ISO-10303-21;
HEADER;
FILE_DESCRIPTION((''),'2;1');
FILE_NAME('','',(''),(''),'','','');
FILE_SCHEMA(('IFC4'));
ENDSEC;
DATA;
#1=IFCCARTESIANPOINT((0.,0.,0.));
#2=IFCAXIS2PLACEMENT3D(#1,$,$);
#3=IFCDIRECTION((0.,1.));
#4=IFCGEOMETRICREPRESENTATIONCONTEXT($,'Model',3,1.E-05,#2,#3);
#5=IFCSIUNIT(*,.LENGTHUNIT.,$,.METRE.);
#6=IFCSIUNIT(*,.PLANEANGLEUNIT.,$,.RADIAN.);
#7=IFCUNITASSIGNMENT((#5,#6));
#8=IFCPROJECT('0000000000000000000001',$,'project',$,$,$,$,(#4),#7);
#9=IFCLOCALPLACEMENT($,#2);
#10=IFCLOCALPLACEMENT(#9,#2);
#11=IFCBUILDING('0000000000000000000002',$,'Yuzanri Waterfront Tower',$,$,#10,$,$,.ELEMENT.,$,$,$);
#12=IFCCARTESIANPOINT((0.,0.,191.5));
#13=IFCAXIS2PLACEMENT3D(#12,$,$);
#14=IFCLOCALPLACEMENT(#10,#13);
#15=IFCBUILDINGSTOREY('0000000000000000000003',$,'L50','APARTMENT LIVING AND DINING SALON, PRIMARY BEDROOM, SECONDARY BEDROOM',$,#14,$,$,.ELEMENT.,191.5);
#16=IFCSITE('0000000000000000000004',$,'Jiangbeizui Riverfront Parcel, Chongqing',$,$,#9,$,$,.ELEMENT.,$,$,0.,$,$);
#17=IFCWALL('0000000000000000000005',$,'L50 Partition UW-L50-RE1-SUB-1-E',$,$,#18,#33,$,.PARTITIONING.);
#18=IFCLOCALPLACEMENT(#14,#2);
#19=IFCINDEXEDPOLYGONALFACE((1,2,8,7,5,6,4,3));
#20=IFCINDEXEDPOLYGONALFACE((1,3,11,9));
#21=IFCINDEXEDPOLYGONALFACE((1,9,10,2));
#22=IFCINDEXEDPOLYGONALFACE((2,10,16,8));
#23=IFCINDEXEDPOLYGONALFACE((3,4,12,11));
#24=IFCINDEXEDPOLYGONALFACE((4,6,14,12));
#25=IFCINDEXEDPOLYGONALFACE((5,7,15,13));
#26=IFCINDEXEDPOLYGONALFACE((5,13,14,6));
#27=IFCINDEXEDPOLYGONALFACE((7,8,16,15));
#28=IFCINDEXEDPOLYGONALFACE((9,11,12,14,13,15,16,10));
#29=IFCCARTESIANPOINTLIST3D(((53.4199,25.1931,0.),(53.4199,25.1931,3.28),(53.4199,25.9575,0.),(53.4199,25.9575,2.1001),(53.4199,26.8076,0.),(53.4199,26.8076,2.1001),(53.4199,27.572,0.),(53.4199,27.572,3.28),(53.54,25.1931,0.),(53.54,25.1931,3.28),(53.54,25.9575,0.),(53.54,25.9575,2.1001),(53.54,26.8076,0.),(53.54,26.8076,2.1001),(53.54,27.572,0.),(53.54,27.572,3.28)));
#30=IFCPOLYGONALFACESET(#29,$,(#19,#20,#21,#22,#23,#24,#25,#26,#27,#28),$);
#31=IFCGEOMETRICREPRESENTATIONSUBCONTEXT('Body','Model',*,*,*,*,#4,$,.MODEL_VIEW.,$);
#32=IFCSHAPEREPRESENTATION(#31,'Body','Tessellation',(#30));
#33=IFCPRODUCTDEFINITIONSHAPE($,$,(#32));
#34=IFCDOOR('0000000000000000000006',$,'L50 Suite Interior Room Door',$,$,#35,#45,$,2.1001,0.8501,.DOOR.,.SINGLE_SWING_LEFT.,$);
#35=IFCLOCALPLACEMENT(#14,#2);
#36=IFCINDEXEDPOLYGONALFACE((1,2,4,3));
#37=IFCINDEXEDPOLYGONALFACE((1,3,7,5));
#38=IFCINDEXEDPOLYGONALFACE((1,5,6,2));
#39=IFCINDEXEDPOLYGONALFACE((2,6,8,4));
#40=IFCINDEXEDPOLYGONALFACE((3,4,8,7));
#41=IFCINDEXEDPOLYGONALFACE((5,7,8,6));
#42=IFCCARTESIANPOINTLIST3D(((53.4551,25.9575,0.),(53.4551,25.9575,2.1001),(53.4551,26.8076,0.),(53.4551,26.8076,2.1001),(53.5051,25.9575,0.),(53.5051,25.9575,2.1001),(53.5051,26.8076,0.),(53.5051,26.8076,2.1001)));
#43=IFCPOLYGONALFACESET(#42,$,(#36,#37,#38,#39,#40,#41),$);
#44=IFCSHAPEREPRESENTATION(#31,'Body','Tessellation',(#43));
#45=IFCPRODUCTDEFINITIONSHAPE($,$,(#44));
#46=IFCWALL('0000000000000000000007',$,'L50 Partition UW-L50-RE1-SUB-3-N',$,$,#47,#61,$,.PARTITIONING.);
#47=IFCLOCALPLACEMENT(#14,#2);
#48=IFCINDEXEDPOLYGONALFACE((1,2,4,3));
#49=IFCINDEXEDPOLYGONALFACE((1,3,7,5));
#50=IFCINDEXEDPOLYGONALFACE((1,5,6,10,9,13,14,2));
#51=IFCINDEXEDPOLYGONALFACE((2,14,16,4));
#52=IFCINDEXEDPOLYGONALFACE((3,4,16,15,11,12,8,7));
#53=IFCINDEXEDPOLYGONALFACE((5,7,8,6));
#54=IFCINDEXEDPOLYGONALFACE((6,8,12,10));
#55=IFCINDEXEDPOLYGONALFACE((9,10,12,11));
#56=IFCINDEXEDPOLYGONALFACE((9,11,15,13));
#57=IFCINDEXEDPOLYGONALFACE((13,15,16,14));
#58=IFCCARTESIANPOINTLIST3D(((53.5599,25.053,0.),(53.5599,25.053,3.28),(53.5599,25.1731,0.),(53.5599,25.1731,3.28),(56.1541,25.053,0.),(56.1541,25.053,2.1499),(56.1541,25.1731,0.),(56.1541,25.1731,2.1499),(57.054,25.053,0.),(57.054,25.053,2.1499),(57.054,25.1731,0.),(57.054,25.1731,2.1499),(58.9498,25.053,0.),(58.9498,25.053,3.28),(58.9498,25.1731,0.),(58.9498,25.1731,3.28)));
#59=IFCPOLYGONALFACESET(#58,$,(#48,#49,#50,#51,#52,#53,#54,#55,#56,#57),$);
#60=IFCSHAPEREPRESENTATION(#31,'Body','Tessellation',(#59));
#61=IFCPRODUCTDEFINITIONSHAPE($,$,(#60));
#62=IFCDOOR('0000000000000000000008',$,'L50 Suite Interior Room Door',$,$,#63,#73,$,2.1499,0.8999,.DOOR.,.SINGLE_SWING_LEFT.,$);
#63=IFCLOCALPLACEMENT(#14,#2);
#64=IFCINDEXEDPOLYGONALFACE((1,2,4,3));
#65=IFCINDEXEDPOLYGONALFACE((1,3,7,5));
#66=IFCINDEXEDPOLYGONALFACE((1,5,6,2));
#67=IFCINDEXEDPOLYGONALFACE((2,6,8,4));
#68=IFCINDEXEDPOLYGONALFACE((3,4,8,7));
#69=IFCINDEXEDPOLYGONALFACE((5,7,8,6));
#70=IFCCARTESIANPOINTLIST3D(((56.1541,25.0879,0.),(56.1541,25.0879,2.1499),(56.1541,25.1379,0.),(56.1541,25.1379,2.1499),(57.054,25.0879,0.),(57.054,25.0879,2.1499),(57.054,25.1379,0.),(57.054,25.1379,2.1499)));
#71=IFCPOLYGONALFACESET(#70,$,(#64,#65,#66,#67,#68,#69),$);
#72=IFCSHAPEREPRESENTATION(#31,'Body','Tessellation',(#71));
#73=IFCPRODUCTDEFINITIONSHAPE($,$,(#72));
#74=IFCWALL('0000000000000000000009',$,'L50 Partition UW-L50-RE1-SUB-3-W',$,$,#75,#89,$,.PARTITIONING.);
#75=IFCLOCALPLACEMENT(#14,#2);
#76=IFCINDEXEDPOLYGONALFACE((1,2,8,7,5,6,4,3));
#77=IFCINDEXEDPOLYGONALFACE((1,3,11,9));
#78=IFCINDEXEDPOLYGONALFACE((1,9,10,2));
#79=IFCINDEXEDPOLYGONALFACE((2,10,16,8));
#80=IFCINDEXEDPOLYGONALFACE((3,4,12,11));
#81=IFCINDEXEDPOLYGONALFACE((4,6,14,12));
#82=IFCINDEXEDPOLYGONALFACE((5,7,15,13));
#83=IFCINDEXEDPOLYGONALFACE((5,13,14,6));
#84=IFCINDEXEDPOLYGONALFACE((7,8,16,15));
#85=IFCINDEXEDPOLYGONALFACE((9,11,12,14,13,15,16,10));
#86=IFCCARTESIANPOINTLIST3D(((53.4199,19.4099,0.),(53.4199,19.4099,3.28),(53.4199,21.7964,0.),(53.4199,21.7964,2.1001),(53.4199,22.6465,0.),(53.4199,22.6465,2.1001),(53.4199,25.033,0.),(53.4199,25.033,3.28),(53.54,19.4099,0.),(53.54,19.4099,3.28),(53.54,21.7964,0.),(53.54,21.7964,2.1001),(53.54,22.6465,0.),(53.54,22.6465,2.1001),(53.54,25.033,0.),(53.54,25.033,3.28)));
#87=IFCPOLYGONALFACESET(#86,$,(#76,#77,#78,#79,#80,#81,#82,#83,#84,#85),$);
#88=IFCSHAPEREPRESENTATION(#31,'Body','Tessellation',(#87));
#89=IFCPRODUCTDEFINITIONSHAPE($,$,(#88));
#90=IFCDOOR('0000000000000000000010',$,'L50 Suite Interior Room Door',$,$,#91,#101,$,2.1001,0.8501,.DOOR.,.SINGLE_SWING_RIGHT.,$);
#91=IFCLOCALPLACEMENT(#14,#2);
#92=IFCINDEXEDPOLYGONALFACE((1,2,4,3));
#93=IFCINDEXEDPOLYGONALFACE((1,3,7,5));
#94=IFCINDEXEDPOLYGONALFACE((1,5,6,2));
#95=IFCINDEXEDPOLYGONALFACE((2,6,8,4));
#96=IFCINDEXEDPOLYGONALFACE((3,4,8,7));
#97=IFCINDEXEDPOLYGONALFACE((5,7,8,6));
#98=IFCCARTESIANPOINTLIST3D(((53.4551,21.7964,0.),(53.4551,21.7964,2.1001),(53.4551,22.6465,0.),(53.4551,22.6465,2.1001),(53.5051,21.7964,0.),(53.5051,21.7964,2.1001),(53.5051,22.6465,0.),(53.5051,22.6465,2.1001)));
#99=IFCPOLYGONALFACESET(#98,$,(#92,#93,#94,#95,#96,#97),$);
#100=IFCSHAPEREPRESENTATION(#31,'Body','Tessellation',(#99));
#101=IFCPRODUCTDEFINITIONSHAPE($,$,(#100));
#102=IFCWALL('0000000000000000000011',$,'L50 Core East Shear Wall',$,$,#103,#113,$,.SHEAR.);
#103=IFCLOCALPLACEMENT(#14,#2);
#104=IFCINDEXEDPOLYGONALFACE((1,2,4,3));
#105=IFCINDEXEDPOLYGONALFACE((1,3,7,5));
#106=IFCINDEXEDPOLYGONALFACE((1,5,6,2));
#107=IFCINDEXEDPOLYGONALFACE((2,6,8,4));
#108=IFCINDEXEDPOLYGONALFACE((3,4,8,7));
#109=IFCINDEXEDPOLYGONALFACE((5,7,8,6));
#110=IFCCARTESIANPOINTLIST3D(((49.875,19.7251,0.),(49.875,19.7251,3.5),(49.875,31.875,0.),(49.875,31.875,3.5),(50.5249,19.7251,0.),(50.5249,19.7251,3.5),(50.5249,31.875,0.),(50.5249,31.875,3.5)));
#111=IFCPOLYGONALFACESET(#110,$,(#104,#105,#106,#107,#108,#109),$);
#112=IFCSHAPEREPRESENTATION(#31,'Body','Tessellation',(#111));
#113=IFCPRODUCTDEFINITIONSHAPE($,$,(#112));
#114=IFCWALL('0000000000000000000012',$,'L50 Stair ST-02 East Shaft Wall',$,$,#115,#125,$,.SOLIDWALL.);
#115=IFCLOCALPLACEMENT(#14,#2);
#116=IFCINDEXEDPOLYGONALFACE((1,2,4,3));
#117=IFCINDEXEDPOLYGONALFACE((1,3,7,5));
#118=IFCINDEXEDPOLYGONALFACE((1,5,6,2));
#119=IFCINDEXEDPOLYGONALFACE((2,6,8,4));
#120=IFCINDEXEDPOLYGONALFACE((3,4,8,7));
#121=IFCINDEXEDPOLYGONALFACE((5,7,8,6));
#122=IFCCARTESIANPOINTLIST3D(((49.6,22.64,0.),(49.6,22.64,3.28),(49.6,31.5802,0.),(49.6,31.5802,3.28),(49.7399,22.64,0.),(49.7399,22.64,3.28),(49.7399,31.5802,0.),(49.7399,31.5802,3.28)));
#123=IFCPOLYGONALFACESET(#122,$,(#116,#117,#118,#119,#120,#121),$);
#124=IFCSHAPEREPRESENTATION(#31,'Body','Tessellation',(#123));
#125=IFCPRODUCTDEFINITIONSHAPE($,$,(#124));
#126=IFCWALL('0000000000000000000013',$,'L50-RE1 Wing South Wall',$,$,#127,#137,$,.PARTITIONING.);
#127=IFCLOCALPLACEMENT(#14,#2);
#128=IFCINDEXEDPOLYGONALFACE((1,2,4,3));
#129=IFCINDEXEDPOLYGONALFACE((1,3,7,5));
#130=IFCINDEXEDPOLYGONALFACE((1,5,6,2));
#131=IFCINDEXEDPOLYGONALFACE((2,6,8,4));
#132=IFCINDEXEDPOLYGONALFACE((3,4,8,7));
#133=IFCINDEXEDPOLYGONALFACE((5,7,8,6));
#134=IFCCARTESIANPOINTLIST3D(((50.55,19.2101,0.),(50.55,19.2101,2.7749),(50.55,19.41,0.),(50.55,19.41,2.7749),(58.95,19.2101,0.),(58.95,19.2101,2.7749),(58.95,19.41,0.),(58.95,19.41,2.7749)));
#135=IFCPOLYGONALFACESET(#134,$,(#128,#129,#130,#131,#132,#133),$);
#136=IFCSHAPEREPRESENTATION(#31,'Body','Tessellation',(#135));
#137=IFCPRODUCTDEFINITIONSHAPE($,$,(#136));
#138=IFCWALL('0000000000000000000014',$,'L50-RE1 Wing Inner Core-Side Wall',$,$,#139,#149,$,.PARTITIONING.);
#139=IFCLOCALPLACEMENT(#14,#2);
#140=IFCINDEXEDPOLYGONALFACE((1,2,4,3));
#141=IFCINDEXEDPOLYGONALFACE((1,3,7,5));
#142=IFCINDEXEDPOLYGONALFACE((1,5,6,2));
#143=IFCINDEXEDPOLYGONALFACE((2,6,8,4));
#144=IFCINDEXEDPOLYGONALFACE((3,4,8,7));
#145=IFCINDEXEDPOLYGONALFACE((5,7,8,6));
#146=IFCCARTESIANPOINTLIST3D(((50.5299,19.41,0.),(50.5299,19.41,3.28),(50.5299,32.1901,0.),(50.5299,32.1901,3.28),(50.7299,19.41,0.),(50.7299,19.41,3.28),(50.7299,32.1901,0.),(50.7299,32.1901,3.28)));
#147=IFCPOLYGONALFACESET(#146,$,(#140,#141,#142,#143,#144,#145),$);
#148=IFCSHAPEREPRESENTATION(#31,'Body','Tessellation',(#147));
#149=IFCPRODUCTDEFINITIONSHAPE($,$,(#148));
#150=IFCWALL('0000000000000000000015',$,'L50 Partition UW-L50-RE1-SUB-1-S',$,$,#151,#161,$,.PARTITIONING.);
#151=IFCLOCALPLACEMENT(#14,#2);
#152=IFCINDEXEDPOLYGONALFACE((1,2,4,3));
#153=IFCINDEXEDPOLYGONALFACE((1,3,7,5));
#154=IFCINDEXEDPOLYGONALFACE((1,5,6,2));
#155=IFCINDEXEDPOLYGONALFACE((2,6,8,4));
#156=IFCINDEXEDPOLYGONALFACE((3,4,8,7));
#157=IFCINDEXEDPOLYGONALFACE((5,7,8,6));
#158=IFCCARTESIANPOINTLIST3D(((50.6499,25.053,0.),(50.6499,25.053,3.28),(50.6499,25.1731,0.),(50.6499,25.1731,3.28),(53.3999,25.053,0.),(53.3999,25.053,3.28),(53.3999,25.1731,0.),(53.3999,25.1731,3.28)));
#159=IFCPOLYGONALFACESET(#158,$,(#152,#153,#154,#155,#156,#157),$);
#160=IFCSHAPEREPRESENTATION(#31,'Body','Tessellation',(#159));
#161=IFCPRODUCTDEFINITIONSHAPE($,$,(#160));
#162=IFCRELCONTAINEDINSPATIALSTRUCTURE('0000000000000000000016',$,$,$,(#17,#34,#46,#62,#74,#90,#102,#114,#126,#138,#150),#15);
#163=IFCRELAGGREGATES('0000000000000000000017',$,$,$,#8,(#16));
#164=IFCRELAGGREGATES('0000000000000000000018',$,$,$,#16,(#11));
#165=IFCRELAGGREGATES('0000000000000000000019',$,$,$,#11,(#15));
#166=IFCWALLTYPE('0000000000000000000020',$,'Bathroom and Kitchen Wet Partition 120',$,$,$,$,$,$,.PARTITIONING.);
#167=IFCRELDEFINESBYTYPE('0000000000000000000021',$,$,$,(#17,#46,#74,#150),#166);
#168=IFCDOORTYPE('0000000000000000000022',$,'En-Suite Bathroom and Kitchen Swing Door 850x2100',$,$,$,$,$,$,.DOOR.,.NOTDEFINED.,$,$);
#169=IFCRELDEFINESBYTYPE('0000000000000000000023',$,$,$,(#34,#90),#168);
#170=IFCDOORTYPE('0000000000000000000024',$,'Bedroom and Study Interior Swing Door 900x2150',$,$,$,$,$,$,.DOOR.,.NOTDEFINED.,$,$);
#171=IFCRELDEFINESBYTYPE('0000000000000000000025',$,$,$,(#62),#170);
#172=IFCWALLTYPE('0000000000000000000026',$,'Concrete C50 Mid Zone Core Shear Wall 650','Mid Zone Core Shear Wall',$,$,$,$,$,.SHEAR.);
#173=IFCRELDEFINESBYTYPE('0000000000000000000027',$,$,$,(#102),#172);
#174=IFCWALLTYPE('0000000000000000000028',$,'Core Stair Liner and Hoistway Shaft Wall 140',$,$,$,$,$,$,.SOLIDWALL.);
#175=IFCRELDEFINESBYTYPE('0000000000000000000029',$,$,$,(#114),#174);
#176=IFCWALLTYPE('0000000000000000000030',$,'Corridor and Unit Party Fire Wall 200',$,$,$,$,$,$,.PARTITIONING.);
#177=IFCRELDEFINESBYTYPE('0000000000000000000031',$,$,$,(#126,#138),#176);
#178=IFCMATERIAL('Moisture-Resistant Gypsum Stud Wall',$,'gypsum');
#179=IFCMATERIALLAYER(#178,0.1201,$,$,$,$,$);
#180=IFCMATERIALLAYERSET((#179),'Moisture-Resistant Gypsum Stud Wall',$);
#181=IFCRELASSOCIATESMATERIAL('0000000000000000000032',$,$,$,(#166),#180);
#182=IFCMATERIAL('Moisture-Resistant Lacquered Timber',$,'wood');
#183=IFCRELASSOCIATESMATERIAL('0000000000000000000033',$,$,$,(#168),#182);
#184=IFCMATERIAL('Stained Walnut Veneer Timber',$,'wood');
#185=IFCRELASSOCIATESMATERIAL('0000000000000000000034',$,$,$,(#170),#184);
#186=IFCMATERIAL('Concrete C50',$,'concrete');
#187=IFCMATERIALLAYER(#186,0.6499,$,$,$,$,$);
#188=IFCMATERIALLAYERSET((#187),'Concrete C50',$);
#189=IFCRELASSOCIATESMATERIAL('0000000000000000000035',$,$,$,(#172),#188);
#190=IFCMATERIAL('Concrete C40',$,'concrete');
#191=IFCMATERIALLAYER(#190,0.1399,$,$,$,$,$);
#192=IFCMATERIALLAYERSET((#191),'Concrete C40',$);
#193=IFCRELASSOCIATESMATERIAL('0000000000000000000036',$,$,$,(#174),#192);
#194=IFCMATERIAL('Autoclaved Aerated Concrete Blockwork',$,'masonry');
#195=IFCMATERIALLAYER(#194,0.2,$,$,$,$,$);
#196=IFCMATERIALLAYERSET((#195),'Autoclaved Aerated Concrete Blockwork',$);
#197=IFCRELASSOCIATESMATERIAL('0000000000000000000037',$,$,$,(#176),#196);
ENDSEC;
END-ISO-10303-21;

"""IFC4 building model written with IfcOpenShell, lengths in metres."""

from ifc_helpers import new_model, si_unit, direction, frame, frame_2d, origin, place, context, subcontext, project, spatial, rectangle, extrude, source, transform, mapped, material, layer, layer_set, type_object, element, fill, save


model = new_model("IFC4")

# Units and contexts
model_context = context("Model", 3, precision=1e-05, world=origin(), true_north=direction((0.0, 1.0)))
body_context = subcontext(model_context, "Body", "Model", "MODEL_VIEW")
ifc_project = project(units=[si_unit("LENGTHUNIT", "METRE"), si_unit("PLANEANGLEUNIT", "RADIAN")], contexts=[model_context])

# Site, building, storey
site_placement = place(None, origin())
site = spatial("IfcSite", under=ifc_project, at=site_placement, Name="Jiangbeizui Riverfront Parcel, Chongqing", CompositionType="ELEMENT", RefElevation=0.0)
building_placement = place(site_placement, origin())
building = spatial("IfcBuilding", under=site, at=building_placement, Name="Yuzanri Waterfront Tower", CompositionType="ELEMENT")
storey_placement = place(building_placement, frame((0.0, 0.0, 191.5)))
storey = spatial("IfcBuildingStorey", under=building, at=storey_placement, Name="L50", Description="APARTMENT LIVING AND DINING SALON, PRIMARY BEDROOM, SECONDARY BEDROOM", CompositionType="ELEMENT", Elevation=191.5)

# Walls, openings, doors
ifc_material_1 = material(Name="Moisture-Resistant Gypsum Stud Wall", Category="gypsum")
ifc_layer_1 = layer(ifc_material_1, 0.1201)
ifc_layer_set_1 = layer_set([ifc_layer_1], Name="Moisture-Resistant Gypsum Stud Wall")
wall_type_1 = type_object("IfcWallType", Name="Bathroom and Kitchen Wet Partition 120", PredefinedType="PARTITIONING", material=ifc_layer_set_1)
wall_1_placement = place(storey_placement, frame((53.48, 25.1931, 0.0), z_axis=(0.0, 0.0, 1.0), x_axis=(0.0, 1.0, 0.0)))
wall_1 = element("IfcWall", 1, at=wall_1_placement, inside=storey, type_object=wall_type_1, Name="L50 Partition UW-L50-RE1-SUB-1-E", PredefinedType="PARTITIONING", context=body_context, shape_type="SweptSolid", body=[
    extrude(rectangle(XDim=2.3789, YDim=0.1201, at=frame_2d((1.1895, 0.0))), origin(), (0.0, 0.0, 1.0), 3.28),
])
opening_1_placement = place(wall_1_placement, frame((0.7644, 0.0, 0.0)))
opening_1 = element("IfcOpeningElement", 2, at=opening_1_placement, cuts=wall_1, PredefinedType="OPENING", context=body_context, shape_type="SweptSolid", body=[
    extrude(rectangle(XDim=0.8501, YDim=2.1001, at=frame_2d((0.425, 1.05))), frame((0.0, 0.075, 0.0), z_axis=(0.0, -1.0, 0.0), x_axis=(1.0, 0.0, 0.0)), (0.0, 0.0, 1.0), 0.1499),
])
ifc_material_2 = material(Name="Moisture-Resistant Lacquered Timber", Category="wood")
door_type_1 = type_object("IfcDoorType", Name="En-Suite Bathroom and Kitchen Swing Door 850x2100", OperationType="NOTDEFINED", PredefinedType="DOOR", material=ifc_material_2)
shared_shape_1 = source(origin(), body_context, "Body", "SweptSolid", [
    extrude(rectangle(XDim=0.8501, YDim=2.1001, at=frame_2d((0.425, 1.05))), frame((0.0, 0.0249, 0.0), z_axis=(0.0, -1.0, 0.0), x_axis=(1.0, 0.0, 0.0)), (0.0, 0.0, 1.0), 0.05),
])
door_1_placement = place(opening_1_placement, origin())
door_1 = element("IfcDoor", 3, at=door_1_placement, inside=storey, type_object=door_type_1, Name="L50 Suite Interior Room Door", OperationType="SINGLE_SWING_LEFT", OverallHeight=2.1001, OverallWidth=0.8501, PredefinedType="DOOR", context=body_context, shape_type="MappedRepresentation", body=[
    mapped(shared_shape_1, transform((0.0, 0.0, 0.0), scale=1.0)),
])
fill(opening_1, door_1)
wall_2_placement = place(storey_placement, frame((53.5601, 25.113, 0.0), z_axis=(0.0, 0.0, 1.0), x_axis=(1.0, 0.0, 0.0)))
wall_2 = element("IfcWall", 4, at=wall_2_placement, inside=storey, type_object=wall_type_1, Name="L50 Partition UW-L50-RE1-SUB-3-N", PredefinedType="PARTITIONING", context=body_context, shape_type="SweptSolid", body=[
    extrude(rectangle(XDim=5.3899, YDim=0.1201, at=frame_2d((2.6948, 0.0))), origin(), (0.0, 0.0, 1.0), 3.28),
])
opening_2_placement = place(wall_2_placement, frame((2.594, 0.0, 0.0)))
opening_2 = element("IfcOpeningElement", 5, at=opening_2_placement, cuts=wall_2, PredefinedType="OPENING", context=body_context, shape_type="SweptSolid", body=[
    extrude(rectangle(XDim=0.8999, YDim=2.1499, at=frame_2d((0.45, 1.075))), frame((0.0, 0.075, 0.0), z_axis=(0.0, -1.0, 0.0), x_axis=(1.0, 0.0, 0.0)), (0.0, 0.0, 1.0), 0.1499),
])
ifc_material_3 = material(Name="Stained Walnut Veneer Timber", Category="wood")
door_type_2 = type_object("IfcDoorType", Name="Bedroom and Study Interior Swing Door 900x2150", OperationType="NOTDEFINED", PredefinedType="DOOR", material=ifc_material_3)
shared_shape_2 = source(origin(), body_context, "Body", "SweptSolid", [
    extrude(rectangle(XDim=0.8999, YDim=2.1499, at=frame_2d((0.45, 1.075))), frame((0.0, 0.0249, 0.0), z_axis=(0.0, -1.0, 0.0), x_axis=(1.0, 0.0, 0.0)), (0.0, 0.0, 1.0), 0.05),
])
door_2_placement = place(opening_2_placement, origin())
door_2 = element("IfcDoor", 6, at=door_2_placement, inside=storey, type_object=door_type_2, Name="L50 Suite Interior Room Door", OperationType="SINGLE_SWING_LEFT", OverallHeight=2.1499, OverallWidth=0.8999, PredefinedType="DOOR", context=body_context, shape_type="MappedRepresentation", body=[
    mapped(shared_shape_2, transform((0.0, 0.0, 0.0), scale=1.0)),
])
fill(opening_2, door_2)
wall_3_placement = place(storey_placement, frame((53.48, 19.4099, 0.0), z_axis=(0.0, 0.0, 1.0), x_axis=(0.0, 1.0, 0.0)))
wall_3 = element("IfcWall", 7, at=wall_3_placement, inside=storey, type_object=wall_type_1, Name="L50 Partition UW-L50-RE1-SUB-3-W", PredefinedType="PARTITIONING", context=body_context, shape_type="SweptSolid", body=[
    extrude(rectangle(XDim=5.623, YDim=0.1201, at=frame_2d((2.8115, 0.0))), origin(), (0.0, 0.0, 1.0), 3.28),
])
opening_3_placement = place(wall_3_placement, frame((2.3865, 0.0, 0.0)))
opening_3 = element("IfcOpeningElement", 8, at=opening_3_placement, cuts=wall_3, PredefinedType="OPENING", context=body_context, shape_type="SweptSolid", body=[
    extrude(rectangle(XDim=0.8501, YDim=2.1001, at=frame_2d((0.425, 1.05))), frame((0.0, 0.075, 0.0), z_axis=(0.0, -1.0, 0.0), x_axis=(1.0, 0.0, 0.0)), (0.0, 0.0, 1.0), 0.1499),
])
door_3_placement = place(opening_3_placement, origin())
door_3 = element("IfcDoor", 9, at=door_3_placement, inside=storey, type_object=door_type_1, Name="L50 Suite Interior Room Door", OperationType="SINGLE_SWING_RIGHT", OverallHeight=2.1001, OverallWidth=0.8501, PredefinedType="DOOR", context=body_context, shape_type="MappedRepresentation", body=[
    mapped(shared_shape_1, transform((0.0, 0.0, 0.0), scale=1.0)),
])
fill(opening_3, door_3)

# Walls
ifc_material_4 = material(Name="Concrete C50", Category="concrete")
ifc_layer_2 = layer(ifc_material_4, 0.6499)
ifc_layer_set_2 = layer_set([ifc_layer_2], Name="Concrete C50")
wall_type_2 = type_object("IfcWallType", Name="Concrete C50 Mid Zone Core Shear Wall 650", Description="Mid Zone Core Shear Wall", PredefinedType="SHEAR", material=ifc_layer_set_2)
shared_shape_3 = source(origin(), body_context, "Body", "SweptSolid", [
    extrude(rectangle(XDim=12.1499, YDim=0.6499, at=frame_2d((6.075, 0.0))), origin(), (0.0, 0.0, 1.0), 3.5),
])
wall_4_placement = place(storey_placement, frame((50.2, 19.7251, 0.0), z_axis=(0.0, 0.0, 1.0), x_axis=(0.0, 1.0, 0.0)))
element("IfcWall", 10, at=wall_4_placement, inside=storey, type_object=wall_type_2, Name="L50 Core East Shear Wall", PredefinedType="SHEAR", context=body_context, shape_type="MappedRepresentation", body=[
    mapped(shared_shape_3, transform((0.0, 0.0, 0.0), scale=1.0)),
])
ifc_material_5 = material(Name="Concrete C40", Category="concrete")
ifc_layer_3 = layer(ifc_material_5, 0.1399)
ifc_layer_set_3 = layer_set([ifc_layer_3], Name="Concrete C40")
wall_type_3 = type_object("IfcWallType", Name="Core Stair Liner and Hoistway Shaft Wall 140", PredefinedType="SOLIDWALL", material=ifc_layer_set_3)
shared_shape_4 = source(origin(), body_context, "Body", "SweptSolid", [
    extrude(rectangle(XDim=8.9402, YDim=0.1399, at=frame_2d((4.4702, 0.0))), origin(), (0.0, 0.0, 1.0), 3.28),
])
wall_5_placement = place(storey_placement, frame((49.6699, 22.6399, 0.0), z_axis=(0.0, 0.0, 1.0), x_axis=(0.0, 1.0, 0.0)))
element("IfcWall", 11, at=wall_5_placement, inside=storey, type_object=wall_type_3, Name="L50 Stair ST-02 East Shaft Wall", PredefinedType="SOLIDWALL", context=body_context, shape_type="MappedRepresentation", body=[
    mapped(shared_shape_4, transform((0.0, 0.0, 0.0), scale=1.0)),
])
ifc_material_6 = material(Name="Autoclaved Aerated Concrete Blockwork", Category="masonry")
ifc_layer_4 = layer(ifc_material_6, 0.2)
ifc_layer_set_4 = layer_set([ifc_layer_4], Name="Autoclaved Aerated Concrete Blockwork")
wall_type_4 = type_object("IfcWallType", Name="Corridor and Unit Party Fire Wall 200", PredefinedType="PARTITIONING", material=ifc_layer_set_4)
shared_shape_5 = source(origin(), body_context, "Body", "SweptSolid", [
    extrude(rectangle(XDim=8.3999, YDim=0.2, at=frame_2d((4.2, 0.0))), origin(), (0.0, 0.0, 1.0), 2.7749),
])
wall_6_placement = place(storey_placement, frame((50.55, 19.3101, 0.0), z_axis=(0.0, 0.0, 1.0), x_axis=(1.0, 0.0, 0.0)))
element("IfcWall", 12, at=wall_6_placement, inside=storey, type_object=wall_type_4, Name="L50-RE1 Wing South Wall", PredefinedType="PARTITIONING", context=body_context, shape_type="MappedRepresentation", body=[
    mapped(shared_shape_5, transform((0.0, 0.0, 0.0), scale=1.0)),
])
shared_shape_6 = source(origin(), body_context, "Body", "SweptSolid", [
    extrude(rectangle(XDim=12.78, YDim=0.2, at=frame_2d((6.3901, 0.0))), origin(), (0.0, 0.0, 1.0), 3.28),
])
wall_7_placement = place(storey_placement, frame((50.6299, 19.4099, 0.0), z_axis=(0.0, 0.0, 1.0), x_axis=(0.0, 1.0, 0.0)))
element("IfcWall", 13, at=wall_7_placement, inside=storey, type_object=wall_type_4, Name="L50-RE1 Wing Inner Core-Side Wall", PredefinedType="PARTITIONING", context=body_context, shape_type="MappedRepresentation", body=[
    mapped(shared_shape_6, transform((0.0, 0.0, 0.0), scale=1.0)),
])
shared_shape_7 = source(origin(), body_context, "Body", "SweptSolid", [
    extrude(rectangle(XDim=2.75, YDim=0.1201, at=frame_2d((1.375, 0.0))), origin(), (0.0, 0.0, 1.0), 3.28),
])
wall_8_placement = place(storey_placement, frame((50.6499, 25.113, 0.0), z_axis=(0.0, 0.0, 1.0), x_axis=(1.0, 0.0, 0.0)))
element("IfcWall", 14, at=wall_8_placement, inside=storey, type_object=wall_type_1, Name="L50 Partition UW-L50-RE1-SUB-1-S", PredefinedType="PARTITIONING", context=body_context, shape_type="MappedRepresentation", body=[
    mapped(shared_shape_7, transform((0.0, 0.0, 0.0), scale=1.0)),
])

save(model, "model.ifc")
